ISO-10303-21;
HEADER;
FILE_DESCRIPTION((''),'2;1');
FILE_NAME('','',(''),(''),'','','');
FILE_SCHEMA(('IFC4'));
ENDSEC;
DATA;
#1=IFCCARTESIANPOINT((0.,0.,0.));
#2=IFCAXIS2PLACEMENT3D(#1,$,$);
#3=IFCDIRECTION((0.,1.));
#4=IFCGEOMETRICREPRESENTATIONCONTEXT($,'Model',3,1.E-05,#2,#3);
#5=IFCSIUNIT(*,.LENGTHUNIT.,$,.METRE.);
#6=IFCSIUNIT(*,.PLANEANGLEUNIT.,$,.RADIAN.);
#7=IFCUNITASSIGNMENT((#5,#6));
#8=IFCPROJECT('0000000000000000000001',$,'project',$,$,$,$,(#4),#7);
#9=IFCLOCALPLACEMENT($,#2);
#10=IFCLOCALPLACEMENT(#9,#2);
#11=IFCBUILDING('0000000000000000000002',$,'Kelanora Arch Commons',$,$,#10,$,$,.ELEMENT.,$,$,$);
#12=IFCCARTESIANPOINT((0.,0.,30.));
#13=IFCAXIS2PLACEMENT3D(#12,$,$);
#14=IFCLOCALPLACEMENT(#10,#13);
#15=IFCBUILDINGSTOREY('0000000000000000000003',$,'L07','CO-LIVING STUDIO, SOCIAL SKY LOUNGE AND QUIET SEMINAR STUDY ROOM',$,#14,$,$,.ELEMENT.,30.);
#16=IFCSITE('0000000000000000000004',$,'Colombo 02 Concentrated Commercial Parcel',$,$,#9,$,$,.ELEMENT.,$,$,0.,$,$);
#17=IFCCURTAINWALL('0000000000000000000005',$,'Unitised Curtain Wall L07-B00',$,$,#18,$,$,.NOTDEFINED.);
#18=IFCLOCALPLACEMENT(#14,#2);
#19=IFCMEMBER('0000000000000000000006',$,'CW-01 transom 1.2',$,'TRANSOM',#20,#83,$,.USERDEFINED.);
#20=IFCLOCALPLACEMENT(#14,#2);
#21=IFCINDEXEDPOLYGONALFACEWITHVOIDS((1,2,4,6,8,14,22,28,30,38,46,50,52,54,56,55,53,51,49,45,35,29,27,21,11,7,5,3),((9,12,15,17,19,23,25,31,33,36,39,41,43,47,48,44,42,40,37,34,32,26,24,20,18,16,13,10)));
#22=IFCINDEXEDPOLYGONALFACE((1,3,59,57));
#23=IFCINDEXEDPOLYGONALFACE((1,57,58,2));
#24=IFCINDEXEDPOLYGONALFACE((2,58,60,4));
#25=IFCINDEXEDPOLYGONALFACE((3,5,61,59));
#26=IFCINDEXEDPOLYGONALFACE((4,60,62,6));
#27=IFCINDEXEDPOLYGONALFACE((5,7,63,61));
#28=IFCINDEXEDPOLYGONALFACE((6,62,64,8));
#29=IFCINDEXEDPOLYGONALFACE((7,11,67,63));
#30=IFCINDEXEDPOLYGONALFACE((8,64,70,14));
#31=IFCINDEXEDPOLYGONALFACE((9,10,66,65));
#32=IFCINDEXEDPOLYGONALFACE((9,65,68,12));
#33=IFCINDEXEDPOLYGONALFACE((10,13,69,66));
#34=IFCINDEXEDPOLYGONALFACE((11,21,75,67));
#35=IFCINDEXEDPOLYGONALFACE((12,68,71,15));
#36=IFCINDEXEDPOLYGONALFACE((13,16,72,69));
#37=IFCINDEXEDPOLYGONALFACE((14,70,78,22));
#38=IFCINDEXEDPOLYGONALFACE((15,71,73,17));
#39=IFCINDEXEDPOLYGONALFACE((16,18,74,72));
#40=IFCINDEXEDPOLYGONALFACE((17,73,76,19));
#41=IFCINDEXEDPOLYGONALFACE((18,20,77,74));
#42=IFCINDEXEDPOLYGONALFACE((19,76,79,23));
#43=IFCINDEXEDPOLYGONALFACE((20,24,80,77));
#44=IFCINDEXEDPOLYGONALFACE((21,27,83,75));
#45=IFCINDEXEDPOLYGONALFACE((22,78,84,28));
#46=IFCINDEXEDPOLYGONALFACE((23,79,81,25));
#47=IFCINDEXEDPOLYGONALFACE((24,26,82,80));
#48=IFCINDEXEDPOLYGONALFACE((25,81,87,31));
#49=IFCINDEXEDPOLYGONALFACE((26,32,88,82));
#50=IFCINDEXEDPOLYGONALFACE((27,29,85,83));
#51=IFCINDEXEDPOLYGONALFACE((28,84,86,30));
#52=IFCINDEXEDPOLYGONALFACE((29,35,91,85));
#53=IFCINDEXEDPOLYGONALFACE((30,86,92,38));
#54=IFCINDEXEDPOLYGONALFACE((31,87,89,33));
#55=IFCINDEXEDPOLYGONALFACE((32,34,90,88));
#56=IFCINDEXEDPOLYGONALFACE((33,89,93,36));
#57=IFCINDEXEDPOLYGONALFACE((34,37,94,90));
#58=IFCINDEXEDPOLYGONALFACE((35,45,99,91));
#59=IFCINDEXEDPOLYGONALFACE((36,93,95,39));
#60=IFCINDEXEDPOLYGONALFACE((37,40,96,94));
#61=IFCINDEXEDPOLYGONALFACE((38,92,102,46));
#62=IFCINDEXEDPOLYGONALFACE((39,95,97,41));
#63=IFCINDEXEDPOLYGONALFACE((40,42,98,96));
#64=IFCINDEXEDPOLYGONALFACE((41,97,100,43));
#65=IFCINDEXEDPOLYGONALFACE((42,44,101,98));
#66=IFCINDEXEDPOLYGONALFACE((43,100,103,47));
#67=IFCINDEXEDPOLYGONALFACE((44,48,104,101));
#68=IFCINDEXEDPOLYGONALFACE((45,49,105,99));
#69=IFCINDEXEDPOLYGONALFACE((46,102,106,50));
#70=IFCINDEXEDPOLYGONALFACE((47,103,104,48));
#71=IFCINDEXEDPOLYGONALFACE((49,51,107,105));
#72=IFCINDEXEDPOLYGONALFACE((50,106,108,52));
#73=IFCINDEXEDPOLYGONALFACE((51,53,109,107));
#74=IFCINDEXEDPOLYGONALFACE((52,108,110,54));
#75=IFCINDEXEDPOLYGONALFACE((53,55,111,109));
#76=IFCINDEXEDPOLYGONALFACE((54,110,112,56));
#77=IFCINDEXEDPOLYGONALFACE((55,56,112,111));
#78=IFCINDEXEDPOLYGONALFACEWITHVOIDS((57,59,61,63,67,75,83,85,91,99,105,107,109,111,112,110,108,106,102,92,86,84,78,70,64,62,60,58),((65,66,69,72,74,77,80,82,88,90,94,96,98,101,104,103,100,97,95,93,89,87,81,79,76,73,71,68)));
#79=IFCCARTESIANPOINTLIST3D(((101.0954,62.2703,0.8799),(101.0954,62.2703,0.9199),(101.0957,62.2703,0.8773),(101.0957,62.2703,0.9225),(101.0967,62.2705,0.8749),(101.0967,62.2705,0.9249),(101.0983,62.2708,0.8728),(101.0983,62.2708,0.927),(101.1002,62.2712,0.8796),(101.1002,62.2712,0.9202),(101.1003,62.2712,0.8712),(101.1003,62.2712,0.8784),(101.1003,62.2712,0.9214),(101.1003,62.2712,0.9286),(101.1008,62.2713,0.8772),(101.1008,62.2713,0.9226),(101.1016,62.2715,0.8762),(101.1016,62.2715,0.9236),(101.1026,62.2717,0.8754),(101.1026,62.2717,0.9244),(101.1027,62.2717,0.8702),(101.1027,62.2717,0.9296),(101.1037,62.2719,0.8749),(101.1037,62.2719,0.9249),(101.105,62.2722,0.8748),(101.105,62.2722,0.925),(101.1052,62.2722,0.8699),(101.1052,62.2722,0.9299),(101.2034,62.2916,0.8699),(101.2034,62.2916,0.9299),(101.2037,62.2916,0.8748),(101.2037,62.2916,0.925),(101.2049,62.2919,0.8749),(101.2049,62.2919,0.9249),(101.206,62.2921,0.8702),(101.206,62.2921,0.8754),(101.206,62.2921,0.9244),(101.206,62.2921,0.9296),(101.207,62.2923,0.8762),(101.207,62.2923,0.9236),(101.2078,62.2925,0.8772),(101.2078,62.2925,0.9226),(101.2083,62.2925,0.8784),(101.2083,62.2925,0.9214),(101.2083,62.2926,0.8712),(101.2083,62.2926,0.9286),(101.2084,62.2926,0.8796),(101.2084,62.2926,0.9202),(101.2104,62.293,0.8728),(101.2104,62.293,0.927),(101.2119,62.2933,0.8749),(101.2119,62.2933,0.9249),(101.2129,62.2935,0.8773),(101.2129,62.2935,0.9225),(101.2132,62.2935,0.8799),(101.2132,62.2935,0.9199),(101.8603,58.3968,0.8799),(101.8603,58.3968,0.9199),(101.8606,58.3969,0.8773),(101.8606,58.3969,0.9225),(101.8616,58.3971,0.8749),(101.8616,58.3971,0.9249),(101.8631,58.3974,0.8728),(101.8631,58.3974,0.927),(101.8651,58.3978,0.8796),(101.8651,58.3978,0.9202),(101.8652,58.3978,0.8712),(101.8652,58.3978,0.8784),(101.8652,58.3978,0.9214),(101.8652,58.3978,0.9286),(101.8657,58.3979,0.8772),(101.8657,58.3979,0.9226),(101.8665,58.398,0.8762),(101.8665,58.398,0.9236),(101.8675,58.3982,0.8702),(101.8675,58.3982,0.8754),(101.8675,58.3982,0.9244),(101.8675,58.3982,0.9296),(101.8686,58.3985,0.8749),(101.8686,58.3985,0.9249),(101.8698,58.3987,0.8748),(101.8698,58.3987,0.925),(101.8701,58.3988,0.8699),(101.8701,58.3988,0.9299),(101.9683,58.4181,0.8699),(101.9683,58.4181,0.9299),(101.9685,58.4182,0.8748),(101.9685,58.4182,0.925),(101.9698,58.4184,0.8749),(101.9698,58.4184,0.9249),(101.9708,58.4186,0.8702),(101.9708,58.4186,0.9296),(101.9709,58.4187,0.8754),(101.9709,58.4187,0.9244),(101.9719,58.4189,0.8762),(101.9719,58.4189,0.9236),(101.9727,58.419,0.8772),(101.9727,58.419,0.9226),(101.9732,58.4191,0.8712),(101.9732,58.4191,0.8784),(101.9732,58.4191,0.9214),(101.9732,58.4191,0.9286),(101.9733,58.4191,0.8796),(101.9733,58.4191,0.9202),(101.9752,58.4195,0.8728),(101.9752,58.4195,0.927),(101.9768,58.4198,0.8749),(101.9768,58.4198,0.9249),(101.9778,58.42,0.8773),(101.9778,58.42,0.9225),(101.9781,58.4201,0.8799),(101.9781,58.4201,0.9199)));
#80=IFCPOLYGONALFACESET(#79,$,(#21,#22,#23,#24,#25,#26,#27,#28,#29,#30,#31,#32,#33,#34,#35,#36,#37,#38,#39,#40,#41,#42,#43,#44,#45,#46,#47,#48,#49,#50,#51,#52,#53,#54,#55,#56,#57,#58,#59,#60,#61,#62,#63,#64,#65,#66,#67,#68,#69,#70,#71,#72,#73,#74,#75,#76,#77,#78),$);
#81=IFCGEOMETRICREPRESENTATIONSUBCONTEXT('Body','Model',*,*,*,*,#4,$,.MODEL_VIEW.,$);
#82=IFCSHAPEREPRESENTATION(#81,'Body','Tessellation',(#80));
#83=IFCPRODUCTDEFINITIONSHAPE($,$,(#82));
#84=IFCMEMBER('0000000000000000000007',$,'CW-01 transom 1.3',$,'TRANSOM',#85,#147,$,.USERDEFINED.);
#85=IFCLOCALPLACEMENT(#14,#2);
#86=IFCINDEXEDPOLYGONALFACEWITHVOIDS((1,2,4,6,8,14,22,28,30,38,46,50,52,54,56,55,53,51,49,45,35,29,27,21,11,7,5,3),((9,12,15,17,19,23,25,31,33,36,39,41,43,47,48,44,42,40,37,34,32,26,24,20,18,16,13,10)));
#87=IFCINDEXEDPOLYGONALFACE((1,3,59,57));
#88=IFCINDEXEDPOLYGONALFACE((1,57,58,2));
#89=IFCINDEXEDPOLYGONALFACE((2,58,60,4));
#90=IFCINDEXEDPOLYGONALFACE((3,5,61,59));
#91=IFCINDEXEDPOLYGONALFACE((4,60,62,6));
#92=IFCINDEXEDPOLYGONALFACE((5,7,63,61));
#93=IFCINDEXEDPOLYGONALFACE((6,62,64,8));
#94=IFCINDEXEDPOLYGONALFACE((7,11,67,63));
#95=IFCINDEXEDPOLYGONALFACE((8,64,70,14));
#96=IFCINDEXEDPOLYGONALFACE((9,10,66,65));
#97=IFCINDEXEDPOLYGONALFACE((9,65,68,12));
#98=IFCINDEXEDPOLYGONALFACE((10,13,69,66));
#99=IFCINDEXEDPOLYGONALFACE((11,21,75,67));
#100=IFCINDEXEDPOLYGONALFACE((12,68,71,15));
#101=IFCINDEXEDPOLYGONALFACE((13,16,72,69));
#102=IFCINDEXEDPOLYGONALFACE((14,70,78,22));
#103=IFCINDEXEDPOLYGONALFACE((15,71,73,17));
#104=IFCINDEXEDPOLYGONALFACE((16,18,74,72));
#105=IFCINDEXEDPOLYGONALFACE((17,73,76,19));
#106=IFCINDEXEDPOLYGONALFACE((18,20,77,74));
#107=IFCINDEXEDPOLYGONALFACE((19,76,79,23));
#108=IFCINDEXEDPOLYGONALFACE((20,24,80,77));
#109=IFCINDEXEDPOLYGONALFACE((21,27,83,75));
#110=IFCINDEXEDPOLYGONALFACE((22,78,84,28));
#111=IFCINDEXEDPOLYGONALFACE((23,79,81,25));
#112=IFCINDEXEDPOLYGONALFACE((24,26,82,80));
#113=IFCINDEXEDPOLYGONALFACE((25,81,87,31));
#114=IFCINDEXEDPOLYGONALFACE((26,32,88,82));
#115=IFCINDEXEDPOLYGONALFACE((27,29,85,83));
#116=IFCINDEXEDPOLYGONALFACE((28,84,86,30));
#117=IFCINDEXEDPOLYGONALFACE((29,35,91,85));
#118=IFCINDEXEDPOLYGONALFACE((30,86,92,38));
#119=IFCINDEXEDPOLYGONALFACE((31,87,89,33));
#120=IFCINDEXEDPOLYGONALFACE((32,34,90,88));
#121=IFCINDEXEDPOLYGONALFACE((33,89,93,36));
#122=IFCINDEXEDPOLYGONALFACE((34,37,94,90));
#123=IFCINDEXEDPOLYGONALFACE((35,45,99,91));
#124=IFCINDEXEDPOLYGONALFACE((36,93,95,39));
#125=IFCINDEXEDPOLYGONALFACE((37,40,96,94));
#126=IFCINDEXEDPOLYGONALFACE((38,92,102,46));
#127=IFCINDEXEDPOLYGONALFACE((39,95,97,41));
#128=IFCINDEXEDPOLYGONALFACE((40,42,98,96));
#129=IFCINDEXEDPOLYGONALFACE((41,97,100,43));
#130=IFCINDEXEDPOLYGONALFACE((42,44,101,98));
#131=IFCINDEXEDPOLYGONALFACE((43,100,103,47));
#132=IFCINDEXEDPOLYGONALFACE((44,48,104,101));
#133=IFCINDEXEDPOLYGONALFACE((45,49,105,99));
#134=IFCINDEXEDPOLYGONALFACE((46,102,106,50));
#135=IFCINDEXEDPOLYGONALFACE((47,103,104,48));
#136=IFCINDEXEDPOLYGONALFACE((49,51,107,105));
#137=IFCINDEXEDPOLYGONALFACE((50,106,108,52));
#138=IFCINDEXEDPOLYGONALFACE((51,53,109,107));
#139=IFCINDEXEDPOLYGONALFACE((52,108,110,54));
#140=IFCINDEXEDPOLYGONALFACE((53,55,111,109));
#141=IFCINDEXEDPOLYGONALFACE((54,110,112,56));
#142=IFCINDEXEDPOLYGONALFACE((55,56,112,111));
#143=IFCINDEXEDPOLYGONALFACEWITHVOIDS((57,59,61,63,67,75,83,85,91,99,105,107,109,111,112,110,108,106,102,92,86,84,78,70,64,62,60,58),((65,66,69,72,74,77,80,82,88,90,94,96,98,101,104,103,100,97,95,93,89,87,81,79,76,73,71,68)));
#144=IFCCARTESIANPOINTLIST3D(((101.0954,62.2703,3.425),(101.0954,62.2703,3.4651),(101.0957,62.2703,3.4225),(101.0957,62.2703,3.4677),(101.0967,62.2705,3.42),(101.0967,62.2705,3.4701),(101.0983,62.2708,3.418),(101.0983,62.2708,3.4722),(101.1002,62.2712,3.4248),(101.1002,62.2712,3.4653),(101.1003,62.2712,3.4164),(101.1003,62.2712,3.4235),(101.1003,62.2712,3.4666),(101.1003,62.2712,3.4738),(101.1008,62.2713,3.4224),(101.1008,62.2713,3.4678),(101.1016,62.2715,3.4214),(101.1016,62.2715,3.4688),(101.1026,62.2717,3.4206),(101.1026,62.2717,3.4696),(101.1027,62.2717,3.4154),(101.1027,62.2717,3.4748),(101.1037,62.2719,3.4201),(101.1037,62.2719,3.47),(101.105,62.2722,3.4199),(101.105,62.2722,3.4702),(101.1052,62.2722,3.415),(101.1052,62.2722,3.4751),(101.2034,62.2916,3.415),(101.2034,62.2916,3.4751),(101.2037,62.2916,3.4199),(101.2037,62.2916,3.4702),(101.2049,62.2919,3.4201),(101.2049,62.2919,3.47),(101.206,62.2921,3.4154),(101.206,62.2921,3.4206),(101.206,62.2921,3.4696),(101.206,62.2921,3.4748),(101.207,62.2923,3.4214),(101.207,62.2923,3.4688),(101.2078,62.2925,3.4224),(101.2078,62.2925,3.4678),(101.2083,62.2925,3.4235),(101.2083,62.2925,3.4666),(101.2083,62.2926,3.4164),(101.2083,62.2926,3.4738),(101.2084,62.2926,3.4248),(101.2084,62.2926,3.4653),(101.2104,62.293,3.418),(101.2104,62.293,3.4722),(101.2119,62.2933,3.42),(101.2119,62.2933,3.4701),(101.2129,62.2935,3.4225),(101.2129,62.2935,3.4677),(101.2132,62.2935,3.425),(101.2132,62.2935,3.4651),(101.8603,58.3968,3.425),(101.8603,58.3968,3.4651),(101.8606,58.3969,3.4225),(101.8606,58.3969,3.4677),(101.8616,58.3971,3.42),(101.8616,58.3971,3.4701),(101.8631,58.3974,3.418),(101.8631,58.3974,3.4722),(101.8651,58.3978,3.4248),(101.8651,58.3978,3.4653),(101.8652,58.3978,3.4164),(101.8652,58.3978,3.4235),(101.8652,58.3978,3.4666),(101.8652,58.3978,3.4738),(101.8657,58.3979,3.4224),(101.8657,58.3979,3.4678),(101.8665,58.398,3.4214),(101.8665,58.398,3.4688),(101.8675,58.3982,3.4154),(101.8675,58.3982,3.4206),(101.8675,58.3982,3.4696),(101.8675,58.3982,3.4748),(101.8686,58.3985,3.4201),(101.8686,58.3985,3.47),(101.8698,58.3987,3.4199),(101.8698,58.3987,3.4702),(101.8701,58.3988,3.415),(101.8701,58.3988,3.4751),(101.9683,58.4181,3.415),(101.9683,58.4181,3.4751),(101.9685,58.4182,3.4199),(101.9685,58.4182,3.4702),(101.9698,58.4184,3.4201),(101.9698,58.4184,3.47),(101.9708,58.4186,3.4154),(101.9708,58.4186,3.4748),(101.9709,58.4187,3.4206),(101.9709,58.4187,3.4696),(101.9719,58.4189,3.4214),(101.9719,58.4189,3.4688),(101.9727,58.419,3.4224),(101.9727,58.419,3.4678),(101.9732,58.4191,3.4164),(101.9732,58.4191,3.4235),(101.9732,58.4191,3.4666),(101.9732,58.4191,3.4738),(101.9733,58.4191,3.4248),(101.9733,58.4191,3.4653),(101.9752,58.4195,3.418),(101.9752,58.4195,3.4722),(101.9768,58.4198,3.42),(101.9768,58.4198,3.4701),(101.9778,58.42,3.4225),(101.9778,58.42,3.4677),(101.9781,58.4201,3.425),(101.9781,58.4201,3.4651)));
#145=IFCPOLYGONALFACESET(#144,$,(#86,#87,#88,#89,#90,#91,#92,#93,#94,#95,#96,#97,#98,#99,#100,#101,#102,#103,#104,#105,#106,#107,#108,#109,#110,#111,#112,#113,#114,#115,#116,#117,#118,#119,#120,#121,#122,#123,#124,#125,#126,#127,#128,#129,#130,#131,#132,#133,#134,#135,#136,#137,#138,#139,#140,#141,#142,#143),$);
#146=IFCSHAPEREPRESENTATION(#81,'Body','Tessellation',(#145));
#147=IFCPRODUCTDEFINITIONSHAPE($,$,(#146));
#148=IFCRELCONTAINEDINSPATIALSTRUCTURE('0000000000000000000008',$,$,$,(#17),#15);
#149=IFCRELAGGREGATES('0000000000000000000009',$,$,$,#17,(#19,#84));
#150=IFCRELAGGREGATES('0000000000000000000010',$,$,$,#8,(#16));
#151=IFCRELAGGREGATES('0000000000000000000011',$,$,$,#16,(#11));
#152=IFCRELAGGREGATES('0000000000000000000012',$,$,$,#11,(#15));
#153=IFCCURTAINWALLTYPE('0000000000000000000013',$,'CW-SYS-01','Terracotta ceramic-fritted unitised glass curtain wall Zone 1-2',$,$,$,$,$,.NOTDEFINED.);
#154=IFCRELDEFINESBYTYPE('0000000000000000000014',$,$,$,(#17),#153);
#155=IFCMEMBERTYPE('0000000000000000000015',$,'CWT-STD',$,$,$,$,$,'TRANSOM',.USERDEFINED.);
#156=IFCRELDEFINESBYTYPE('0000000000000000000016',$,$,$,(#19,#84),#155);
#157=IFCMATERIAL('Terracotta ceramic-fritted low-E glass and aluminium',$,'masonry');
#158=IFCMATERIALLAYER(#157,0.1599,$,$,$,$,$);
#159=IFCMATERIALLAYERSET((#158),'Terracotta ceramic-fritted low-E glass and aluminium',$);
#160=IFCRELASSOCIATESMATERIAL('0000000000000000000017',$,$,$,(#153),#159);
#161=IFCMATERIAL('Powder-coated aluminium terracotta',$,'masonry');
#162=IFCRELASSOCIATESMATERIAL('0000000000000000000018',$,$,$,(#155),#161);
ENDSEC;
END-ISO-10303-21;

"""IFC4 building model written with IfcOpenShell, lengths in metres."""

from ifc_helpers import new_model, si_unit, direction, frame, origin, origin_2d, place, context, subcontext, project, spatial, hollow_rectangle, extrude, material, layer, layer_set, material_profile, profile_set, type_object, element, aggregate, save


model = new_model("IFC4")

# Units and contexts
model_context = context("Model", 3, precision=1e-05, world=origin(), true_north=direction((0.0, 1.0)))
body_context = subcontext(model_context, "Body", "Model", "MODEL_VIEW")
ifc_project = project(units=[si_unit("LENGTHUNIT", "METRE"), si_unit("PLANEANGLEUNIT", "RADIAN")], contexts=[model_context])

# Site, building, storey
site_placement = place(None, origin())
site = spatial("IfcSite", under=ifc_project, at=site_placement, Name="Colombo 02 Concentrated Commercial Parcel", CompositionType="ELEMENT", RefElevation=0.0)
building_placement = place(site_placement, origin())
building = spatial("IfcBuilding", under=site, at=building_placement, Name="Kelanora Arch Commons", CompositionType="ELEMENT")
storey_placement = place(building_placement, frame((0.0, 0.0, 30.0)))
storey = spatial("IfcBuildingStorey", under=building, at=storey_placement, Name="L07", Description="CO-LIVING STUDIO, SOCIAL SKY LOUNGE AND QUIET SEMINAR STUDY ROOM", CompositionType="ELEMENT", Elevation=30.0)

# Curtain wall, members
ifc_material_1 = material(Name="Terracotta ceramic-fritted low-E glass and aluminium", Category="masonry")
ifc_layer_1 = layer(ifc_material_1, 0.1599)
ifc_layer_set_1 = layer_set([ifc_layer_1], Name="Terracotta ceramic-fritted low-E glass and aluminium")
curtain_wall_type = type_object("IfcCurtainWallType", Name="CW-SYS-01", Description="Terracotta ceramic-fritted unitised glass curtain wall Zone 1-2", PredefinedType="NOTDEFINED", material=ifc_layer_set_1)
curtain_wall_placement = place(storey_placement, origin())
curtain_wall = element("IfcCurtainWall", 1, at=curtain_wall_placement, inside=storey, type_object=curtain_wall_type, Name="Unitised Curtain Wall L07-B00", PredefinedType="NOTDEFINED")
ifc_material_2 = material(Name="Powder-coated aluminium terracotta", Category="masonry")
ifc_material_profile_1 = material_profile(ifc_material_2, hollow_rectangle(XDim=0.1201, YDim=0.0601, WallThickness=0.0049, InnerFilletRadius=0.0049, OuterFilletRadius=0.01, at=origin_2d()), Name="CWT120x60")
ifc_profile_set_1 = profile_set([ifc_material_profile_1], Name="Powder-coated aluminium terracotta")
member_type_1 = type_object("IfcMemberType", Name="CWT-STD", ElementType="TRANSOM", PredefinedType="USERDEFINED", material=ifc_profile_set_1)
member_1_placement = place(storey_placement, frame((101.9192, 58.4084, 0.8999), z_axis=(-0.193725, 0.981056, 0.0), x_axis=(-0.981056, -0.193725, 0.0)))
member_1 = element("IfcMember", 2, at=member_1_placement, type_object=member_type_1, Name="CW-01 transom 1.2", ObjectType="TRANSOM", PredefinedType="USERDEFINED", context=body_context, shape_type="SweptSolid", body=[
    extrude(hollow_rectangle(XDim=0.1201, YDim=0.0601, WallThickness=0.0049, InnerFilletRadius=0.0049, OuterFilletRadius=0.01, at=origin_2d()), origin(), (0.0, 0.0, 1.0), 3.9482),
])
member_2_placement = place(storey_placement, frame((101.9192, 58.4084, 3.4451), z_axis=(-0.193725, 0.981056, 0.0), x_axis=(-0.981056, -0.193725, 0.0)))
member_2 = element("IfcMember", 3, at=member_2_placement, type_object=member_type_1, Name="CW-01 transom 1.3", ObjectType="TRANSOM", PredefinedType="USERDEFINED", context=body_context, shape_type="SweptSolid", body=[
    extrude(hollow_rectangle(XDim=0.1201, YDim=0.0601, WallThickness=0.0049, InnerFilletRadius=0.0049, OuterFilletRadius=0.01, at=origin_2d()), origin(), (0.0, 0.0, 1.0), 3.9482),
])
aggregate(curtain_wall, [member_1, member_2])

save(model, "model.ifc")
